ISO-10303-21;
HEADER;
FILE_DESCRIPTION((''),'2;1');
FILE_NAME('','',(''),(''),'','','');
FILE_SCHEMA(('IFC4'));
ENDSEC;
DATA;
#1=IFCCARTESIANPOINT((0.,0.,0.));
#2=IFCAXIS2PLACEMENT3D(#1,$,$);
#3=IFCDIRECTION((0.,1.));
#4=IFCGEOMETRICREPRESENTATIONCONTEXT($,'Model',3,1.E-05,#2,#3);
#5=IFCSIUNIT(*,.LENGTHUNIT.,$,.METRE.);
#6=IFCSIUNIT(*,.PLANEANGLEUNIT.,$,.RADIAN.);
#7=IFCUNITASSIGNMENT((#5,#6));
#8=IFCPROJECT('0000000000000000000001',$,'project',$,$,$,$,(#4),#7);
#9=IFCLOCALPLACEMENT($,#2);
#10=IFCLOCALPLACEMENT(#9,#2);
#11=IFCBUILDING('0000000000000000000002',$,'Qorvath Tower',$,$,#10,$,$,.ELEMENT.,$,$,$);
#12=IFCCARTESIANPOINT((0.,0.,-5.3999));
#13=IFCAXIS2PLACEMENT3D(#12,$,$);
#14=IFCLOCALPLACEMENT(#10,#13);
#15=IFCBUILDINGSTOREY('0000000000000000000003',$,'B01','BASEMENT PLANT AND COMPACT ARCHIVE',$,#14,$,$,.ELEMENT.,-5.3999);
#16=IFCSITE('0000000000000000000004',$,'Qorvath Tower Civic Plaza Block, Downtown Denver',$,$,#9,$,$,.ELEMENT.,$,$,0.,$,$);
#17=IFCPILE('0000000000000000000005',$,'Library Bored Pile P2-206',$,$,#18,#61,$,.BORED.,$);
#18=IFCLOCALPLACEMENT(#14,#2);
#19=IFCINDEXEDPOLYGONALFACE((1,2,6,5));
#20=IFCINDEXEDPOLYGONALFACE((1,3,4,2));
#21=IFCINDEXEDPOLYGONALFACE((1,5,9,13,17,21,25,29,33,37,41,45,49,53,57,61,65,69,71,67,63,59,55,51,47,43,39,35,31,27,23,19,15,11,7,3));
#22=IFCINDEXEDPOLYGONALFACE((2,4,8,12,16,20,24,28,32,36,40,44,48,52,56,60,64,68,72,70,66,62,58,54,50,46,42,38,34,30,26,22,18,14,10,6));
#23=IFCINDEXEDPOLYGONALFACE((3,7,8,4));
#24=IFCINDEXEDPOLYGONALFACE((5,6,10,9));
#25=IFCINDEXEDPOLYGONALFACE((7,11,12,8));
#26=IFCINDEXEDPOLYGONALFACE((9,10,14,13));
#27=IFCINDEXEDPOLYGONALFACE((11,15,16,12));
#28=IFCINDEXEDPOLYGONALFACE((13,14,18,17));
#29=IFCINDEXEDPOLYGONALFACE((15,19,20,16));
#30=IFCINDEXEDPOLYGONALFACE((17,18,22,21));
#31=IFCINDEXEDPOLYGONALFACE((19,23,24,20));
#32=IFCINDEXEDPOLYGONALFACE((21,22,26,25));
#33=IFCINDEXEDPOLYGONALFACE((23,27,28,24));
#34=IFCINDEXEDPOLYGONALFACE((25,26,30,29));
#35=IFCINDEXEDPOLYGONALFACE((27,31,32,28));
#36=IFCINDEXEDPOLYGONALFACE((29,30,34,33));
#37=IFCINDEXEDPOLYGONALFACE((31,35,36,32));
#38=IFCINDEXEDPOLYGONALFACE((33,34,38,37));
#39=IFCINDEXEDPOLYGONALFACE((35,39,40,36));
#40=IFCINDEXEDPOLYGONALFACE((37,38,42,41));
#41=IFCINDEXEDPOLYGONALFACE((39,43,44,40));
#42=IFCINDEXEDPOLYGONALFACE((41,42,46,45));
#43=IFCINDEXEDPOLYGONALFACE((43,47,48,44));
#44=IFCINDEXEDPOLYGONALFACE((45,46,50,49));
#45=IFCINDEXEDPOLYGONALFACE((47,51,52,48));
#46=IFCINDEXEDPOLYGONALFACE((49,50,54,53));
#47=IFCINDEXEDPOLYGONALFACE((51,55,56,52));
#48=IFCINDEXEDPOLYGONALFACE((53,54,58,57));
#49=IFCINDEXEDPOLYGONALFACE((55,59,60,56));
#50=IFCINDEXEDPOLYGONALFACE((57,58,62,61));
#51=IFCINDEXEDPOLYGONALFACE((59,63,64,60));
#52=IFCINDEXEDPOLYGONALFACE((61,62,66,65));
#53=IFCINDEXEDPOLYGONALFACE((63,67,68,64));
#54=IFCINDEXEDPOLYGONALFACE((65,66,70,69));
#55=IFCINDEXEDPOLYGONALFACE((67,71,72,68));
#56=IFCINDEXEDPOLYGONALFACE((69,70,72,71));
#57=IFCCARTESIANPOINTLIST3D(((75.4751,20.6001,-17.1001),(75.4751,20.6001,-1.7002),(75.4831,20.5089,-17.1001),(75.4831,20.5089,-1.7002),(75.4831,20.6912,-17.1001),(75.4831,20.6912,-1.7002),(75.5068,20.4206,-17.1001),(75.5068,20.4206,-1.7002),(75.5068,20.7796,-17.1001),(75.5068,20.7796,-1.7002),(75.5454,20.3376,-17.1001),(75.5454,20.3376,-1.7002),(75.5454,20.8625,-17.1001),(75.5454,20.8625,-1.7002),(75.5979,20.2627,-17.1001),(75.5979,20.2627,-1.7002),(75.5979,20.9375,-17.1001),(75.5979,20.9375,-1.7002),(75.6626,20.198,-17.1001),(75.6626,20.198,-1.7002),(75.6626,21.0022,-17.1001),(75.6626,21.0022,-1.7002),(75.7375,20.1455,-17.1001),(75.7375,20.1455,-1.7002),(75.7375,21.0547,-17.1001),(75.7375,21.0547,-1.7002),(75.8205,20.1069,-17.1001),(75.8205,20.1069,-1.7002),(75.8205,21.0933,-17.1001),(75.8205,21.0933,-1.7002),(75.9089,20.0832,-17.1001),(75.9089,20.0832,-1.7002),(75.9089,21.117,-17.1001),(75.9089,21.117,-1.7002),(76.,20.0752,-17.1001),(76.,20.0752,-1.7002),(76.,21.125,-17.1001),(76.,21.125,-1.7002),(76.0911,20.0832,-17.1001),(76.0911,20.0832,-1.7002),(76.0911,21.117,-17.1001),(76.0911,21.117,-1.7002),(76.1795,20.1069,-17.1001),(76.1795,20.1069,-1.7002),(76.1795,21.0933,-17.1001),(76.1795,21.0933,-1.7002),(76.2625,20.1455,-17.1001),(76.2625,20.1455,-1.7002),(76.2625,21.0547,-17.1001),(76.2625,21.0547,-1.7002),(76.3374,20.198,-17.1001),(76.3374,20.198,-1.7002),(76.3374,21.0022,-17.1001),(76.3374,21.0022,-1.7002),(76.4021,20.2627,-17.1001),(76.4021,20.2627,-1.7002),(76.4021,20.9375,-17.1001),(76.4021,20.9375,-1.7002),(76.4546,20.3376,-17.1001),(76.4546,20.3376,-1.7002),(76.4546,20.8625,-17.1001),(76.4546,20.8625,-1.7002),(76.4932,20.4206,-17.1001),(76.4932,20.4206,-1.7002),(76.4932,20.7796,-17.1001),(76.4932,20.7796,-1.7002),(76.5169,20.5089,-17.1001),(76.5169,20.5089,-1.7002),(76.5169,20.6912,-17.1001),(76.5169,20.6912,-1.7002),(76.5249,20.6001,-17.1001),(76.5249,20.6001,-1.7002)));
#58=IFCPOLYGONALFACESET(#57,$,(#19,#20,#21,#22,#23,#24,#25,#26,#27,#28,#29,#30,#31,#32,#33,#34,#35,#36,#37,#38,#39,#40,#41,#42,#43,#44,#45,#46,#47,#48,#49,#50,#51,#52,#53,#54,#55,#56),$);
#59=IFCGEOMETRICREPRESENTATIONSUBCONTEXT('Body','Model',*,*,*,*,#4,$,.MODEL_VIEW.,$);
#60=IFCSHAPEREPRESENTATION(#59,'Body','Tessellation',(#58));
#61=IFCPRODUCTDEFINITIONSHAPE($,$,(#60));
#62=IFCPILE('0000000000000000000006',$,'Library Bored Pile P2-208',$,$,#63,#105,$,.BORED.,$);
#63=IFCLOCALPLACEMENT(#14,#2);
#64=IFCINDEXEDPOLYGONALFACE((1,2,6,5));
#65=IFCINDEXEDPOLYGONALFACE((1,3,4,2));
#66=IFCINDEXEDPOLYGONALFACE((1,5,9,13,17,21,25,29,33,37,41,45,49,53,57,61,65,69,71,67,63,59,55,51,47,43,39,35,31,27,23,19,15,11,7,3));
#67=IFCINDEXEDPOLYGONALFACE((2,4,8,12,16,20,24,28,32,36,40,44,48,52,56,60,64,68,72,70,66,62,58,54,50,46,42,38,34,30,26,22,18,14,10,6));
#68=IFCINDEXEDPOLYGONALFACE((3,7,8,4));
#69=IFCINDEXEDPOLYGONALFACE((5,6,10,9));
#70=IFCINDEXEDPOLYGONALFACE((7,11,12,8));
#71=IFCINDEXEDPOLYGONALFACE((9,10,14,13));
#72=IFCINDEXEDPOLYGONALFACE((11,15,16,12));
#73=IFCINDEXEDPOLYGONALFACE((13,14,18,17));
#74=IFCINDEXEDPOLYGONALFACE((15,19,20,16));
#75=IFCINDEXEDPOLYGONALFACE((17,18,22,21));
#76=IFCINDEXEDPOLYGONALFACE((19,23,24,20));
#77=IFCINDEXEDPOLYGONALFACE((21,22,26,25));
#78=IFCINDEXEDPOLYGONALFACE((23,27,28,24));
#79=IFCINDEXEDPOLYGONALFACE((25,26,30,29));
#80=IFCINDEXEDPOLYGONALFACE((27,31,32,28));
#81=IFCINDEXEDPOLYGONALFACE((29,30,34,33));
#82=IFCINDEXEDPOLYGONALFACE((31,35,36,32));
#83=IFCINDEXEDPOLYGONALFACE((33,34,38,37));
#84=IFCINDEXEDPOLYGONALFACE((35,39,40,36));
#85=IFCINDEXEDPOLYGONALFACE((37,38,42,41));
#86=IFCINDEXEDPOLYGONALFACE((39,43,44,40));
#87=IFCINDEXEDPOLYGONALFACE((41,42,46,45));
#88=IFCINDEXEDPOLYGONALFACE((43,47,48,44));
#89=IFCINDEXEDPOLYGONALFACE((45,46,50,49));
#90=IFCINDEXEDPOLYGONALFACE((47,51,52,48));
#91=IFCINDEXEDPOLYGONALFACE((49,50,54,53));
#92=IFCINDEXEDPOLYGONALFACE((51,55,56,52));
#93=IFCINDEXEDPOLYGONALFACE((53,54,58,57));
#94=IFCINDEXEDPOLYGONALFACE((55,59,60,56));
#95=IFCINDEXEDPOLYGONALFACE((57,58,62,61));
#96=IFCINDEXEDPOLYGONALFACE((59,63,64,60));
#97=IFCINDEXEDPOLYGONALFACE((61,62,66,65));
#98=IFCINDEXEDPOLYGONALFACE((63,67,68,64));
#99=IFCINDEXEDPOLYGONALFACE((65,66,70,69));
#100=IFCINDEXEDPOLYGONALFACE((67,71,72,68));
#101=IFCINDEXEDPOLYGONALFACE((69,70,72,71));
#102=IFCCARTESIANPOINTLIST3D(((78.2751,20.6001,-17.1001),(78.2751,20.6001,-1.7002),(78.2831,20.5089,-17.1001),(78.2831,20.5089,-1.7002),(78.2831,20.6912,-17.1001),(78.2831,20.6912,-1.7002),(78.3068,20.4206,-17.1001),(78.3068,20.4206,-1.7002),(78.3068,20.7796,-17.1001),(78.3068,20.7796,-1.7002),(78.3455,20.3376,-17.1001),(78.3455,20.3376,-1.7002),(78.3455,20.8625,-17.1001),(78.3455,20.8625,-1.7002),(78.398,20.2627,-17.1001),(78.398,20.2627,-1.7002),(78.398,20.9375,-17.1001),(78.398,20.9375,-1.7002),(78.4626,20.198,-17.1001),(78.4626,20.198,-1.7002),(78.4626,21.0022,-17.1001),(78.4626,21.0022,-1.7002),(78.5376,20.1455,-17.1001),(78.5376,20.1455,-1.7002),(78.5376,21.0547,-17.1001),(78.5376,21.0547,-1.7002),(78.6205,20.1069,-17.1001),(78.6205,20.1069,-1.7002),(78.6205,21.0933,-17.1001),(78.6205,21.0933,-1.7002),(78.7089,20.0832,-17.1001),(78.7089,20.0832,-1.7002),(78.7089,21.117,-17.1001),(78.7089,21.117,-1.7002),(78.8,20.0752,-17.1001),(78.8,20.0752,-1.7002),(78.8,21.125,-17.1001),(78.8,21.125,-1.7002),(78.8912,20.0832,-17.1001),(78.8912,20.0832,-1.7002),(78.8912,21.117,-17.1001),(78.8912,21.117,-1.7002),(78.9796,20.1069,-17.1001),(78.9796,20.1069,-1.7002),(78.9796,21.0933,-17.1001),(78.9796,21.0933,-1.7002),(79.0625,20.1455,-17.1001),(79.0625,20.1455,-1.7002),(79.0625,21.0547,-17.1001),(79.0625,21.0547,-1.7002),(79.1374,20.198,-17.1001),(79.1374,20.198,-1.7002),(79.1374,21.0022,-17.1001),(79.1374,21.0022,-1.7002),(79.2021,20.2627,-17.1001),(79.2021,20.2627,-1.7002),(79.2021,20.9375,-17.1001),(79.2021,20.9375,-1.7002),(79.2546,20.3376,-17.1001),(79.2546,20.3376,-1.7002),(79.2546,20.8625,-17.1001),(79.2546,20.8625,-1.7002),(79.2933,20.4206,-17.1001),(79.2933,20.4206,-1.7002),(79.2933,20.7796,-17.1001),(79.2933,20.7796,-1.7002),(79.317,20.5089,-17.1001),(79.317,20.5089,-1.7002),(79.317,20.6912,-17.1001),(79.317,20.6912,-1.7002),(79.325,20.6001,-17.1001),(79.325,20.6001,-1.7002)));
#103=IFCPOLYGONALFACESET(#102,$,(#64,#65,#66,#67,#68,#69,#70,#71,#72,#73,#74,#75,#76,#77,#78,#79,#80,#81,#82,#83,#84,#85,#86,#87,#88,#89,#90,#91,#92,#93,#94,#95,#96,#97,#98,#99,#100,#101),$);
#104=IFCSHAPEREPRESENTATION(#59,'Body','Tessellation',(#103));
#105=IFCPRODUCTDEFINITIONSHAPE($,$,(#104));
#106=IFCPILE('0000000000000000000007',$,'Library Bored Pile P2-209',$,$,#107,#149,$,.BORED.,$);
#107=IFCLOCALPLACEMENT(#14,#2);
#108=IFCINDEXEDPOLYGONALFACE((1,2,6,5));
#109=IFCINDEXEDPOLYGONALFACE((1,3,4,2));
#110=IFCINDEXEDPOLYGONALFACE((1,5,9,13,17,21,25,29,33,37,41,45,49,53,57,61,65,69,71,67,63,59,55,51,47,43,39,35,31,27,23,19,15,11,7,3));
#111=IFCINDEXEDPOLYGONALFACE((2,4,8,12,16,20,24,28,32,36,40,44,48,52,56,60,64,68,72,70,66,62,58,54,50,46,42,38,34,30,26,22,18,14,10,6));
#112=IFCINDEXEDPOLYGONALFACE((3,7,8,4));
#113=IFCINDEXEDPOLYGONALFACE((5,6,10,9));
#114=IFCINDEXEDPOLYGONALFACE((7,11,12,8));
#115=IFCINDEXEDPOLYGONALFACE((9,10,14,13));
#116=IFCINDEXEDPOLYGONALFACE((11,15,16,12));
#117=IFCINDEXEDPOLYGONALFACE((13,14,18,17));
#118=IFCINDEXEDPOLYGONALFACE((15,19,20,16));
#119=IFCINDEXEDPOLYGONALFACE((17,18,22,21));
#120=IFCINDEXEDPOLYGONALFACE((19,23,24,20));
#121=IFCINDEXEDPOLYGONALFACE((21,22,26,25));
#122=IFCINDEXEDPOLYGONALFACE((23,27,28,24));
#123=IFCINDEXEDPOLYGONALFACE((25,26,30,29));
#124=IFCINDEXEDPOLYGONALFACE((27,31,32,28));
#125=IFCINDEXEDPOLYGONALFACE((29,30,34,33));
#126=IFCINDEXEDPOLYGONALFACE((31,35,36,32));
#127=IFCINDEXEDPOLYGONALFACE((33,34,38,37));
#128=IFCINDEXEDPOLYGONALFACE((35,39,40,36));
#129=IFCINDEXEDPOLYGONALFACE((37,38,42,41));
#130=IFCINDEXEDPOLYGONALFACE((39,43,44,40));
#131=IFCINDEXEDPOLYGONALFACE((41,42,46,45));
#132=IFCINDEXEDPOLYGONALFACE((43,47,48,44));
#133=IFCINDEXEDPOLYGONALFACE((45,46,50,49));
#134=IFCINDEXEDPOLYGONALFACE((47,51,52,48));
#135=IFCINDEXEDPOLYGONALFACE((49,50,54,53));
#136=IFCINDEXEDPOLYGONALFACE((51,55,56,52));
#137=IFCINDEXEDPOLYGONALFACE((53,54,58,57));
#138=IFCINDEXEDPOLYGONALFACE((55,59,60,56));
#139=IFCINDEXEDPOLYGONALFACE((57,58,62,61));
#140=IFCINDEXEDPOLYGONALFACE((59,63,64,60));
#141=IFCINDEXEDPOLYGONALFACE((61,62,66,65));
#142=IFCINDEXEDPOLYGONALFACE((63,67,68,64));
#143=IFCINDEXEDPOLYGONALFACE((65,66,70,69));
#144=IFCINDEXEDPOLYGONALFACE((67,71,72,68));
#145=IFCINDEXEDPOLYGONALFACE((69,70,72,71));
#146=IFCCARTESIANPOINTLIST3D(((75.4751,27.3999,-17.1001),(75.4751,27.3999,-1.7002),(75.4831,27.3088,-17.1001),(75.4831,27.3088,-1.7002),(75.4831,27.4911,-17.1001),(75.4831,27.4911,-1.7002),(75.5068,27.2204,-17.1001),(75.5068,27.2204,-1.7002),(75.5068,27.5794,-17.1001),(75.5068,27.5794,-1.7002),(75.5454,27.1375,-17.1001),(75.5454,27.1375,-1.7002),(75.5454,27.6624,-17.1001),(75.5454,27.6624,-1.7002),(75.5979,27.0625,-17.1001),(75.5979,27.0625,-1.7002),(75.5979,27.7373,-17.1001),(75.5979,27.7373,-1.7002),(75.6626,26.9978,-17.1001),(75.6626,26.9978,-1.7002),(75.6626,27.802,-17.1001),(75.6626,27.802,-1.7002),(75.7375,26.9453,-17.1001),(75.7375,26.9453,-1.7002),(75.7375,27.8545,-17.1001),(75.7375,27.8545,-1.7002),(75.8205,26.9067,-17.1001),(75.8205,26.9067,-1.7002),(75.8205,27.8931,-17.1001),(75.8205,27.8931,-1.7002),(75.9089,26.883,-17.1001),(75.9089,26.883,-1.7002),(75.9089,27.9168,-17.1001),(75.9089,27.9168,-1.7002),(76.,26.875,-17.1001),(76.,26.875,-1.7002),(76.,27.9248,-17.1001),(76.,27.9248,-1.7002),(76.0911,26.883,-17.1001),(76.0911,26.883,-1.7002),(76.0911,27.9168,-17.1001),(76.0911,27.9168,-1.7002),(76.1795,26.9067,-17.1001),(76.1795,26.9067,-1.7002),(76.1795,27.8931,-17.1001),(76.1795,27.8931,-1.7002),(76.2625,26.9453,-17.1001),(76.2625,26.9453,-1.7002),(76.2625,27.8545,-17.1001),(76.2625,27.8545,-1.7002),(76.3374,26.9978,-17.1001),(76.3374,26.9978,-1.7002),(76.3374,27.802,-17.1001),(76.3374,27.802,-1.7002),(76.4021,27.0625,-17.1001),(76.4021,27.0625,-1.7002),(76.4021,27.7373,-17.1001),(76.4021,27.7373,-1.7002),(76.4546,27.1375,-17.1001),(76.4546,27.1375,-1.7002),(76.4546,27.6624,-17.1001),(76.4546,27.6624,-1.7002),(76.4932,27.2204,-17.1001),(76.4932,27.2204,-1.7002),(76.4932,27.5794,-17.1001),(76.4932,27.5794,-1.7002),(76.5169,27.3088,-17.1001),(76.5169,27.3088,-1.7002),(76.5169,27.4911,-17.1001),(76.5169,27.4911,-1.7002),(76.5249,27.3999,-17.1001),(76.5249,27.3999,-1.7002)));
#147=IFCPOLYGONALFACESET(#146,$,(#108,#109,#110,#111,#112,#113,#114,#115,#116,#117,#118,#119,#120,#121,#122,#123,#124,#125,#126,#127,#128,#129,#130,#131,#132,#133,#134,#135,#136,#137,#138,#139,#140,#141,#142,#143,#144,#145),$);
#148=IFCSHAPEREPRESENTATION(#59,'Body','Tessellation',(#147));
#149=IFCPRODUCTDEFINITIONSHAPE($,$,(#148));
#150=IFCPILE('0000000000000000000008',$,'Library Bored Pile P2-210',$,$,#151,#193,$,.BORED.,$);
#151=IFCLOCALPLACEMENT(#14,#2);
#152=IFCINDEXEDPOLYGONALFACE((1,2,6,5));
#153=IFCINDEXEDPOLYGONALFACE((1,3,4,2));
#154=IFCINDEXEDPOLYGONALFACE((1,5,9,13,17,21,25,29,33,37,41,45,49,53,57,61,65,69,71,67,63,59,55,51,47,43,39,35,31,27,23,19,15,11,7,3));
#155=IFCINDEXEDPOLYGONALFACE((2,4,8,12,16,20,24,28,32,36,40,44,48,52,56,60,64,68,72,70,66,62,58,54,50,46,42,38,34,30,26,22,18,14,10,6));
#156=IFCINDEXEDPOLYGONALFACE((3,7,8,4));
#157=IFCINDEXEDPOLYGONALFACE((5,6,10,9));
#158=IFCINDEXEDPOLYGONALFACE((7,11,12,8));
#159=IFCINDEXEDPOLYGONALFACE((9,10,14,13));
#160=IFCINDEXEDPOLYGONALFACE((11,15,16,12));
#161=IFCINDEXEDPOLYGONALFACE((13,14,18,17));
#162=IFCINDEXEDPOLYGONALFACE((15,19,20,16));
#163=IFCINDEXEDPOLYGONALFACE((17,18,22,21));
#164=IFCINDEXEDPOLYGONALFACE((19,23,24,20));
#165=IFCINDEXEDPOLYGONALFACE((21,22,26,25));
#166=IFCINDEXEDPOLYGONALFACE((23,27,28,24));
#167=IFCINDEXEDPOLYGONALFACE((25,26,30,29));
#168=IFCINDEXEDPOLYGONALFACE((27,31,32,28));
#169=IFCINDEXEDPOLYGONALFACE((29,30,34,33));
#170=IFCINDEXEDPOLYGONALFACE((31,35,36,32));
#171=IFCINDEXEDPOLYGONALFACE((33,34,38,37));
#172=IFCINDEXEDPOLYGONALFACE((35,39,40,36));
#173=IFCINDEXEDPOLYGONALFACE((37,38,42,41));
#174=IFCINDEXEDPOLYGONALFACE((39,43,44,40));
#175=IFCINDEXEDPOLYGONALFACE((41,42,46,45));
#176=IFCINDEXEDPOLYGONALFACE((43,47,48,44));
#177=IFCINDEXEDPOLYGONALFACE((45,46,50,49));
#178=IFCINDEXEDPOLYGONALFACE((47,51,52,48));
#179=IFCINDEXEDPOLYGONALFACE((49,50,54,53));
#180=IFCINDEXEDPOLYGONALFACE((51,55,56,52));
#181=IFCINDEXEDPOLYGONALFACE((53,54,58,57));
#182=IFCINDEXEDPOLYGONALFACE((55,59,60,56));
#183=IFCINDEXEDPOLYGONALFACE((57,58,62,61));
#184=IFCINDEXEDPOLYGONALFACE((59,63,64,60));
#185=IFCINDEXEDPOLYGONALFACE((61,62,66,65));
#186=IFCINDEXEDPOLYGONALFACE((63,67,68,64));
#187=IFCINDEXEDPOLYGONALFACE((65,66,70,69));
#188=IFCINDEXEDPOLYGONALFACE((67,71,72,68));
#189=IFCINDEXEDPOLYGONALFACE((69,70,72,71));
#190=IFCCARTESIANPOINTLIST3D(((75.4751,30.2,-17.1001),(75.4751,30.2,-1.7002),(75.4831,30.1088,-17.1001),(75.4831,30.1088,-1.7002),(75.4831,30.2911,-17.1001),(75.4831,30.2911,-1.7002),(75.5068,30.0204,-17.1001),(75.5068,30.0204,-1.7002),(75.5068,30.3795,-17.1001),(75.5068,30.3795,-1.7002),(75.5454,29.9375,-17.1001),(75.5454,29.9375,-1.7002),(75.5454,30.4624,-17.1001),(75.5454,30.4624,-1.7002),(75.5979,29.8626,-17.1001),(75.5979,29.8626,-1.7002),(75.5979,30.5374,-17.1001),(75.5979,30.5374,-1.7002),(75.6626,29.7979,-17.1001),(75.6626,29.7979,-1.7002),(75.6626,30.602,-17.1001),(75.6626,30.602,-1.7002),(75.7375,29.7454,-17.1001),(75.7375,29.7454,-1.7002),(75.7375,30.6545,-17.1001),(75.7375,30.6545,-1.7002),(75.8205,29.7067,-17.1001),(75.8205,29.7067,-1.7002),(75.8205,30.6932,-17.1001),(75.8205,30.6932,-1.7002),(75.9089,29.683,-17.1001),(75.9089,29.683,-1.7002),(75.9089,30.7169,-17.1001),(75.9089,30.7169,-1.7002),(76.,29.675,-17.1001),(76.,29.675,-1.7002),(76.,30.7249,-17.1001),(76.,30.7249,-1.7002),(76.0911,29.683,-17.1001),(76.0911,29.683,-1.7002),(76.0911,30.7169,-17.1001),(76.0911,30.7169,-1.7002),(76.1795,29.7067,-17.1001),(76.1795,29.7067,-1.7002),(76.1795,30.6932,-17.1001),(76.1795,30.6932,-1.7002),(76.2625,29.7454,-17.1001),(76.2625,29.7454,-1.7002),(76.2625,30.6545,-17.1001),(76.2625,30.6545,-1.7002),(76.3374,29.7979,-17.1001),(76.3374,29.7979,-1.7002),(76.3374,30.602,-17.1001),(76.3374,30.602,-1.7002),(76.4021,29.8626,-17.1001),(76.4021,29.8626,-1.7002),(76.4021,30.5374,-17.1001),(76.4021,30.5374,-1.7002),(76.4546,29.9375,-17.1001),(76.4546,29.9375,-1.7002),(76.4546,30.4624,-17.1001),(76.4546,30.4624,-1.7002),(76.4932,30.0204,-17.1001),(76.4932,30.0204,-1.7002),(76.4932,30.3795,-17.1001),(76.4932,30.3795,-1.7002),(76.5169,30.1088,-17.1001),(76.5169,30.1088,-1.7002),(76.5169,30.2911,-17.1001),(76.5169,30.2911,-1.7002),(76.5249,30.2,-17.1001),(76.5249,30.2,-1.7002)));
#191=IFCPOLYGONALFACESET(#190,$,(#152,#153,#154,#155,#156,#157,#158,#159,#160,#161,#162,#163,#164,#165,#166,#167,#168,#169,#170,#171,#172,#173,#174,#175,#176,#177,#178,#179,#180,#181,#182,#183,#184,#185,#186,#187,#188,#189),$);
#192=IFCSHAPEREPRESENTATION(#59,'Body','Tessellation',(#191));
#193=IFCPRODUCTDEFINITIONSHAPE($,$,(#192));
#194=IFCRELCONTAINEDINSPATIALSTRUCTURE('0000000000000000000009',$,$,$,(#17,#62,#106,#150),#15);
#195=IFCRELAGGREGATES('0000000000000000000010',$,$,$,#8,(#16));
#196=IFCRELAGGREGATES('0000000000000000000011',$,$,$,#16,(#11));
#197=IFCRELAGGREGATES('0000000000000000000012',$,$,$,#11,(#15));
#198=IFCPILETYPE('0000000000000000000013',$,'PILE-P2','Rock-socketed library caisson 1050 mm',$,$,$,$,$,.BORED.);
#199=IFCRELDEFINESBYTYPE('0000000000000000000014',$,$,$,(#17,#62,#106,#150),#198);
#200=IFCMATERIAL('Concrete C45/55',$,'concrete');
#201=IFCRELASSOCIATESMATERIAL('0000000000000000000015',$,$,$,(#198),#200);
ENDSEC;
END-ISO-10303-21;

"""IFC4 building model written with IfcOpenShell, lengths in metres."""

from ifc_helpers import new_model, si_unit, direction, frame, origin, origin_2d, place, context, subcontext, project, spatial, circle, extrude, material, material_profile, profile_set, type_object, element, save


model = new_model("IFC4")

# Units and contexts
model_context = context("Model", 3, precision=1e-05, world=origin(), true_north=direction((0.0, 1.0)))
body_context = subcontext(model_context, "Body", "Model", "MODEL_VIEW")
ifc_project = project(units=[si_unit("LENGTHUNIT", "METRE"), si_unit("PLANEANGLEUNIT", "RADIAN")], contexts=[model_context])

# Site, building, storey
site_placement = place(None, origin())
site = spatial("IfcSite", under=ifc_project, at=site_placement, Name="Qorvath Tower Civic Plaza Block, Downtown Denver", CompositionType="ELEMENT", RefElevation=0.0)
building_placement = place(site_placement, origin())
building = spatial("IfcBuilding", under=site, at=building_placement, Name="Qorvath Tower", CompositionType="ELEMENT")
storey_placement = place(building_placement, frame((0.0, 0.0, -5.3999)))
storey = spatial("IfcBuildingStorey", under=building, at=storey_placement, Name="B01", Description="BASEMENT PLANT AND COMPACT ARCHIVE", CompositionType="ELEMENT", Elevation=-5.3999)

# Piles
ifc_material_1 = material(Name="Concrete C45/55", Category="concrete")
ifc_material_profile_1 = material_profile(ifc_material_1, circle(Radius=0.5249, at=origin_2d()), Name="BORED PILE 1050")
ifc_profile_set_1 = profile_set([ifc_material_profile_1], Name="Concrete C45/55")
pile_type = type_object("IfcPileType", Name="PILE-P2", Description="Rock-socketed library caisson 1050 mm", PredefinedType="BORED", material=ifc_profile_set_1)
for number, where, z_axis, x_axis, name in (
    (1, (76.0, 20.6001, -1.7002), (0.0, 0.0, -1.0), (1.0, 0.0, 0.0), "Library Bored Pile P2-206"),
    (2, (78.8, 20.6001, -1.7002), (0.0, 0.0, -1.0), (1.0, 0.0, 0.0), "Library Bored Pile P2-208"),
    (3, (76.0, 27.3999, -1.7002), (0.0, 0.0, -1.0), (1.0, 0.0, 0.0), "Library Bored Pile P2-209"),
    (4, (76.0, 30.2, -1.7002), (0.0, 0.0, -1.0), (1.0, 0.0, 0.0), "Library Bored Pile P2-210"),
):
    element("IfcPile", number, at=place(storey_placement, frame(where, z_axis=z_axis, x_axis=x_axis)), inside=storey, type_object=pile_type, Name=name, PredefinedType="BORED", context=body_context, shape_type="SweptSolid", body=[
        extrude(circle(Radius=0.5249, at=origin_2d()), origin(), (0.0, 0.0, 1.0), 15.3999),
    ])

save(model, "model.ifc")
